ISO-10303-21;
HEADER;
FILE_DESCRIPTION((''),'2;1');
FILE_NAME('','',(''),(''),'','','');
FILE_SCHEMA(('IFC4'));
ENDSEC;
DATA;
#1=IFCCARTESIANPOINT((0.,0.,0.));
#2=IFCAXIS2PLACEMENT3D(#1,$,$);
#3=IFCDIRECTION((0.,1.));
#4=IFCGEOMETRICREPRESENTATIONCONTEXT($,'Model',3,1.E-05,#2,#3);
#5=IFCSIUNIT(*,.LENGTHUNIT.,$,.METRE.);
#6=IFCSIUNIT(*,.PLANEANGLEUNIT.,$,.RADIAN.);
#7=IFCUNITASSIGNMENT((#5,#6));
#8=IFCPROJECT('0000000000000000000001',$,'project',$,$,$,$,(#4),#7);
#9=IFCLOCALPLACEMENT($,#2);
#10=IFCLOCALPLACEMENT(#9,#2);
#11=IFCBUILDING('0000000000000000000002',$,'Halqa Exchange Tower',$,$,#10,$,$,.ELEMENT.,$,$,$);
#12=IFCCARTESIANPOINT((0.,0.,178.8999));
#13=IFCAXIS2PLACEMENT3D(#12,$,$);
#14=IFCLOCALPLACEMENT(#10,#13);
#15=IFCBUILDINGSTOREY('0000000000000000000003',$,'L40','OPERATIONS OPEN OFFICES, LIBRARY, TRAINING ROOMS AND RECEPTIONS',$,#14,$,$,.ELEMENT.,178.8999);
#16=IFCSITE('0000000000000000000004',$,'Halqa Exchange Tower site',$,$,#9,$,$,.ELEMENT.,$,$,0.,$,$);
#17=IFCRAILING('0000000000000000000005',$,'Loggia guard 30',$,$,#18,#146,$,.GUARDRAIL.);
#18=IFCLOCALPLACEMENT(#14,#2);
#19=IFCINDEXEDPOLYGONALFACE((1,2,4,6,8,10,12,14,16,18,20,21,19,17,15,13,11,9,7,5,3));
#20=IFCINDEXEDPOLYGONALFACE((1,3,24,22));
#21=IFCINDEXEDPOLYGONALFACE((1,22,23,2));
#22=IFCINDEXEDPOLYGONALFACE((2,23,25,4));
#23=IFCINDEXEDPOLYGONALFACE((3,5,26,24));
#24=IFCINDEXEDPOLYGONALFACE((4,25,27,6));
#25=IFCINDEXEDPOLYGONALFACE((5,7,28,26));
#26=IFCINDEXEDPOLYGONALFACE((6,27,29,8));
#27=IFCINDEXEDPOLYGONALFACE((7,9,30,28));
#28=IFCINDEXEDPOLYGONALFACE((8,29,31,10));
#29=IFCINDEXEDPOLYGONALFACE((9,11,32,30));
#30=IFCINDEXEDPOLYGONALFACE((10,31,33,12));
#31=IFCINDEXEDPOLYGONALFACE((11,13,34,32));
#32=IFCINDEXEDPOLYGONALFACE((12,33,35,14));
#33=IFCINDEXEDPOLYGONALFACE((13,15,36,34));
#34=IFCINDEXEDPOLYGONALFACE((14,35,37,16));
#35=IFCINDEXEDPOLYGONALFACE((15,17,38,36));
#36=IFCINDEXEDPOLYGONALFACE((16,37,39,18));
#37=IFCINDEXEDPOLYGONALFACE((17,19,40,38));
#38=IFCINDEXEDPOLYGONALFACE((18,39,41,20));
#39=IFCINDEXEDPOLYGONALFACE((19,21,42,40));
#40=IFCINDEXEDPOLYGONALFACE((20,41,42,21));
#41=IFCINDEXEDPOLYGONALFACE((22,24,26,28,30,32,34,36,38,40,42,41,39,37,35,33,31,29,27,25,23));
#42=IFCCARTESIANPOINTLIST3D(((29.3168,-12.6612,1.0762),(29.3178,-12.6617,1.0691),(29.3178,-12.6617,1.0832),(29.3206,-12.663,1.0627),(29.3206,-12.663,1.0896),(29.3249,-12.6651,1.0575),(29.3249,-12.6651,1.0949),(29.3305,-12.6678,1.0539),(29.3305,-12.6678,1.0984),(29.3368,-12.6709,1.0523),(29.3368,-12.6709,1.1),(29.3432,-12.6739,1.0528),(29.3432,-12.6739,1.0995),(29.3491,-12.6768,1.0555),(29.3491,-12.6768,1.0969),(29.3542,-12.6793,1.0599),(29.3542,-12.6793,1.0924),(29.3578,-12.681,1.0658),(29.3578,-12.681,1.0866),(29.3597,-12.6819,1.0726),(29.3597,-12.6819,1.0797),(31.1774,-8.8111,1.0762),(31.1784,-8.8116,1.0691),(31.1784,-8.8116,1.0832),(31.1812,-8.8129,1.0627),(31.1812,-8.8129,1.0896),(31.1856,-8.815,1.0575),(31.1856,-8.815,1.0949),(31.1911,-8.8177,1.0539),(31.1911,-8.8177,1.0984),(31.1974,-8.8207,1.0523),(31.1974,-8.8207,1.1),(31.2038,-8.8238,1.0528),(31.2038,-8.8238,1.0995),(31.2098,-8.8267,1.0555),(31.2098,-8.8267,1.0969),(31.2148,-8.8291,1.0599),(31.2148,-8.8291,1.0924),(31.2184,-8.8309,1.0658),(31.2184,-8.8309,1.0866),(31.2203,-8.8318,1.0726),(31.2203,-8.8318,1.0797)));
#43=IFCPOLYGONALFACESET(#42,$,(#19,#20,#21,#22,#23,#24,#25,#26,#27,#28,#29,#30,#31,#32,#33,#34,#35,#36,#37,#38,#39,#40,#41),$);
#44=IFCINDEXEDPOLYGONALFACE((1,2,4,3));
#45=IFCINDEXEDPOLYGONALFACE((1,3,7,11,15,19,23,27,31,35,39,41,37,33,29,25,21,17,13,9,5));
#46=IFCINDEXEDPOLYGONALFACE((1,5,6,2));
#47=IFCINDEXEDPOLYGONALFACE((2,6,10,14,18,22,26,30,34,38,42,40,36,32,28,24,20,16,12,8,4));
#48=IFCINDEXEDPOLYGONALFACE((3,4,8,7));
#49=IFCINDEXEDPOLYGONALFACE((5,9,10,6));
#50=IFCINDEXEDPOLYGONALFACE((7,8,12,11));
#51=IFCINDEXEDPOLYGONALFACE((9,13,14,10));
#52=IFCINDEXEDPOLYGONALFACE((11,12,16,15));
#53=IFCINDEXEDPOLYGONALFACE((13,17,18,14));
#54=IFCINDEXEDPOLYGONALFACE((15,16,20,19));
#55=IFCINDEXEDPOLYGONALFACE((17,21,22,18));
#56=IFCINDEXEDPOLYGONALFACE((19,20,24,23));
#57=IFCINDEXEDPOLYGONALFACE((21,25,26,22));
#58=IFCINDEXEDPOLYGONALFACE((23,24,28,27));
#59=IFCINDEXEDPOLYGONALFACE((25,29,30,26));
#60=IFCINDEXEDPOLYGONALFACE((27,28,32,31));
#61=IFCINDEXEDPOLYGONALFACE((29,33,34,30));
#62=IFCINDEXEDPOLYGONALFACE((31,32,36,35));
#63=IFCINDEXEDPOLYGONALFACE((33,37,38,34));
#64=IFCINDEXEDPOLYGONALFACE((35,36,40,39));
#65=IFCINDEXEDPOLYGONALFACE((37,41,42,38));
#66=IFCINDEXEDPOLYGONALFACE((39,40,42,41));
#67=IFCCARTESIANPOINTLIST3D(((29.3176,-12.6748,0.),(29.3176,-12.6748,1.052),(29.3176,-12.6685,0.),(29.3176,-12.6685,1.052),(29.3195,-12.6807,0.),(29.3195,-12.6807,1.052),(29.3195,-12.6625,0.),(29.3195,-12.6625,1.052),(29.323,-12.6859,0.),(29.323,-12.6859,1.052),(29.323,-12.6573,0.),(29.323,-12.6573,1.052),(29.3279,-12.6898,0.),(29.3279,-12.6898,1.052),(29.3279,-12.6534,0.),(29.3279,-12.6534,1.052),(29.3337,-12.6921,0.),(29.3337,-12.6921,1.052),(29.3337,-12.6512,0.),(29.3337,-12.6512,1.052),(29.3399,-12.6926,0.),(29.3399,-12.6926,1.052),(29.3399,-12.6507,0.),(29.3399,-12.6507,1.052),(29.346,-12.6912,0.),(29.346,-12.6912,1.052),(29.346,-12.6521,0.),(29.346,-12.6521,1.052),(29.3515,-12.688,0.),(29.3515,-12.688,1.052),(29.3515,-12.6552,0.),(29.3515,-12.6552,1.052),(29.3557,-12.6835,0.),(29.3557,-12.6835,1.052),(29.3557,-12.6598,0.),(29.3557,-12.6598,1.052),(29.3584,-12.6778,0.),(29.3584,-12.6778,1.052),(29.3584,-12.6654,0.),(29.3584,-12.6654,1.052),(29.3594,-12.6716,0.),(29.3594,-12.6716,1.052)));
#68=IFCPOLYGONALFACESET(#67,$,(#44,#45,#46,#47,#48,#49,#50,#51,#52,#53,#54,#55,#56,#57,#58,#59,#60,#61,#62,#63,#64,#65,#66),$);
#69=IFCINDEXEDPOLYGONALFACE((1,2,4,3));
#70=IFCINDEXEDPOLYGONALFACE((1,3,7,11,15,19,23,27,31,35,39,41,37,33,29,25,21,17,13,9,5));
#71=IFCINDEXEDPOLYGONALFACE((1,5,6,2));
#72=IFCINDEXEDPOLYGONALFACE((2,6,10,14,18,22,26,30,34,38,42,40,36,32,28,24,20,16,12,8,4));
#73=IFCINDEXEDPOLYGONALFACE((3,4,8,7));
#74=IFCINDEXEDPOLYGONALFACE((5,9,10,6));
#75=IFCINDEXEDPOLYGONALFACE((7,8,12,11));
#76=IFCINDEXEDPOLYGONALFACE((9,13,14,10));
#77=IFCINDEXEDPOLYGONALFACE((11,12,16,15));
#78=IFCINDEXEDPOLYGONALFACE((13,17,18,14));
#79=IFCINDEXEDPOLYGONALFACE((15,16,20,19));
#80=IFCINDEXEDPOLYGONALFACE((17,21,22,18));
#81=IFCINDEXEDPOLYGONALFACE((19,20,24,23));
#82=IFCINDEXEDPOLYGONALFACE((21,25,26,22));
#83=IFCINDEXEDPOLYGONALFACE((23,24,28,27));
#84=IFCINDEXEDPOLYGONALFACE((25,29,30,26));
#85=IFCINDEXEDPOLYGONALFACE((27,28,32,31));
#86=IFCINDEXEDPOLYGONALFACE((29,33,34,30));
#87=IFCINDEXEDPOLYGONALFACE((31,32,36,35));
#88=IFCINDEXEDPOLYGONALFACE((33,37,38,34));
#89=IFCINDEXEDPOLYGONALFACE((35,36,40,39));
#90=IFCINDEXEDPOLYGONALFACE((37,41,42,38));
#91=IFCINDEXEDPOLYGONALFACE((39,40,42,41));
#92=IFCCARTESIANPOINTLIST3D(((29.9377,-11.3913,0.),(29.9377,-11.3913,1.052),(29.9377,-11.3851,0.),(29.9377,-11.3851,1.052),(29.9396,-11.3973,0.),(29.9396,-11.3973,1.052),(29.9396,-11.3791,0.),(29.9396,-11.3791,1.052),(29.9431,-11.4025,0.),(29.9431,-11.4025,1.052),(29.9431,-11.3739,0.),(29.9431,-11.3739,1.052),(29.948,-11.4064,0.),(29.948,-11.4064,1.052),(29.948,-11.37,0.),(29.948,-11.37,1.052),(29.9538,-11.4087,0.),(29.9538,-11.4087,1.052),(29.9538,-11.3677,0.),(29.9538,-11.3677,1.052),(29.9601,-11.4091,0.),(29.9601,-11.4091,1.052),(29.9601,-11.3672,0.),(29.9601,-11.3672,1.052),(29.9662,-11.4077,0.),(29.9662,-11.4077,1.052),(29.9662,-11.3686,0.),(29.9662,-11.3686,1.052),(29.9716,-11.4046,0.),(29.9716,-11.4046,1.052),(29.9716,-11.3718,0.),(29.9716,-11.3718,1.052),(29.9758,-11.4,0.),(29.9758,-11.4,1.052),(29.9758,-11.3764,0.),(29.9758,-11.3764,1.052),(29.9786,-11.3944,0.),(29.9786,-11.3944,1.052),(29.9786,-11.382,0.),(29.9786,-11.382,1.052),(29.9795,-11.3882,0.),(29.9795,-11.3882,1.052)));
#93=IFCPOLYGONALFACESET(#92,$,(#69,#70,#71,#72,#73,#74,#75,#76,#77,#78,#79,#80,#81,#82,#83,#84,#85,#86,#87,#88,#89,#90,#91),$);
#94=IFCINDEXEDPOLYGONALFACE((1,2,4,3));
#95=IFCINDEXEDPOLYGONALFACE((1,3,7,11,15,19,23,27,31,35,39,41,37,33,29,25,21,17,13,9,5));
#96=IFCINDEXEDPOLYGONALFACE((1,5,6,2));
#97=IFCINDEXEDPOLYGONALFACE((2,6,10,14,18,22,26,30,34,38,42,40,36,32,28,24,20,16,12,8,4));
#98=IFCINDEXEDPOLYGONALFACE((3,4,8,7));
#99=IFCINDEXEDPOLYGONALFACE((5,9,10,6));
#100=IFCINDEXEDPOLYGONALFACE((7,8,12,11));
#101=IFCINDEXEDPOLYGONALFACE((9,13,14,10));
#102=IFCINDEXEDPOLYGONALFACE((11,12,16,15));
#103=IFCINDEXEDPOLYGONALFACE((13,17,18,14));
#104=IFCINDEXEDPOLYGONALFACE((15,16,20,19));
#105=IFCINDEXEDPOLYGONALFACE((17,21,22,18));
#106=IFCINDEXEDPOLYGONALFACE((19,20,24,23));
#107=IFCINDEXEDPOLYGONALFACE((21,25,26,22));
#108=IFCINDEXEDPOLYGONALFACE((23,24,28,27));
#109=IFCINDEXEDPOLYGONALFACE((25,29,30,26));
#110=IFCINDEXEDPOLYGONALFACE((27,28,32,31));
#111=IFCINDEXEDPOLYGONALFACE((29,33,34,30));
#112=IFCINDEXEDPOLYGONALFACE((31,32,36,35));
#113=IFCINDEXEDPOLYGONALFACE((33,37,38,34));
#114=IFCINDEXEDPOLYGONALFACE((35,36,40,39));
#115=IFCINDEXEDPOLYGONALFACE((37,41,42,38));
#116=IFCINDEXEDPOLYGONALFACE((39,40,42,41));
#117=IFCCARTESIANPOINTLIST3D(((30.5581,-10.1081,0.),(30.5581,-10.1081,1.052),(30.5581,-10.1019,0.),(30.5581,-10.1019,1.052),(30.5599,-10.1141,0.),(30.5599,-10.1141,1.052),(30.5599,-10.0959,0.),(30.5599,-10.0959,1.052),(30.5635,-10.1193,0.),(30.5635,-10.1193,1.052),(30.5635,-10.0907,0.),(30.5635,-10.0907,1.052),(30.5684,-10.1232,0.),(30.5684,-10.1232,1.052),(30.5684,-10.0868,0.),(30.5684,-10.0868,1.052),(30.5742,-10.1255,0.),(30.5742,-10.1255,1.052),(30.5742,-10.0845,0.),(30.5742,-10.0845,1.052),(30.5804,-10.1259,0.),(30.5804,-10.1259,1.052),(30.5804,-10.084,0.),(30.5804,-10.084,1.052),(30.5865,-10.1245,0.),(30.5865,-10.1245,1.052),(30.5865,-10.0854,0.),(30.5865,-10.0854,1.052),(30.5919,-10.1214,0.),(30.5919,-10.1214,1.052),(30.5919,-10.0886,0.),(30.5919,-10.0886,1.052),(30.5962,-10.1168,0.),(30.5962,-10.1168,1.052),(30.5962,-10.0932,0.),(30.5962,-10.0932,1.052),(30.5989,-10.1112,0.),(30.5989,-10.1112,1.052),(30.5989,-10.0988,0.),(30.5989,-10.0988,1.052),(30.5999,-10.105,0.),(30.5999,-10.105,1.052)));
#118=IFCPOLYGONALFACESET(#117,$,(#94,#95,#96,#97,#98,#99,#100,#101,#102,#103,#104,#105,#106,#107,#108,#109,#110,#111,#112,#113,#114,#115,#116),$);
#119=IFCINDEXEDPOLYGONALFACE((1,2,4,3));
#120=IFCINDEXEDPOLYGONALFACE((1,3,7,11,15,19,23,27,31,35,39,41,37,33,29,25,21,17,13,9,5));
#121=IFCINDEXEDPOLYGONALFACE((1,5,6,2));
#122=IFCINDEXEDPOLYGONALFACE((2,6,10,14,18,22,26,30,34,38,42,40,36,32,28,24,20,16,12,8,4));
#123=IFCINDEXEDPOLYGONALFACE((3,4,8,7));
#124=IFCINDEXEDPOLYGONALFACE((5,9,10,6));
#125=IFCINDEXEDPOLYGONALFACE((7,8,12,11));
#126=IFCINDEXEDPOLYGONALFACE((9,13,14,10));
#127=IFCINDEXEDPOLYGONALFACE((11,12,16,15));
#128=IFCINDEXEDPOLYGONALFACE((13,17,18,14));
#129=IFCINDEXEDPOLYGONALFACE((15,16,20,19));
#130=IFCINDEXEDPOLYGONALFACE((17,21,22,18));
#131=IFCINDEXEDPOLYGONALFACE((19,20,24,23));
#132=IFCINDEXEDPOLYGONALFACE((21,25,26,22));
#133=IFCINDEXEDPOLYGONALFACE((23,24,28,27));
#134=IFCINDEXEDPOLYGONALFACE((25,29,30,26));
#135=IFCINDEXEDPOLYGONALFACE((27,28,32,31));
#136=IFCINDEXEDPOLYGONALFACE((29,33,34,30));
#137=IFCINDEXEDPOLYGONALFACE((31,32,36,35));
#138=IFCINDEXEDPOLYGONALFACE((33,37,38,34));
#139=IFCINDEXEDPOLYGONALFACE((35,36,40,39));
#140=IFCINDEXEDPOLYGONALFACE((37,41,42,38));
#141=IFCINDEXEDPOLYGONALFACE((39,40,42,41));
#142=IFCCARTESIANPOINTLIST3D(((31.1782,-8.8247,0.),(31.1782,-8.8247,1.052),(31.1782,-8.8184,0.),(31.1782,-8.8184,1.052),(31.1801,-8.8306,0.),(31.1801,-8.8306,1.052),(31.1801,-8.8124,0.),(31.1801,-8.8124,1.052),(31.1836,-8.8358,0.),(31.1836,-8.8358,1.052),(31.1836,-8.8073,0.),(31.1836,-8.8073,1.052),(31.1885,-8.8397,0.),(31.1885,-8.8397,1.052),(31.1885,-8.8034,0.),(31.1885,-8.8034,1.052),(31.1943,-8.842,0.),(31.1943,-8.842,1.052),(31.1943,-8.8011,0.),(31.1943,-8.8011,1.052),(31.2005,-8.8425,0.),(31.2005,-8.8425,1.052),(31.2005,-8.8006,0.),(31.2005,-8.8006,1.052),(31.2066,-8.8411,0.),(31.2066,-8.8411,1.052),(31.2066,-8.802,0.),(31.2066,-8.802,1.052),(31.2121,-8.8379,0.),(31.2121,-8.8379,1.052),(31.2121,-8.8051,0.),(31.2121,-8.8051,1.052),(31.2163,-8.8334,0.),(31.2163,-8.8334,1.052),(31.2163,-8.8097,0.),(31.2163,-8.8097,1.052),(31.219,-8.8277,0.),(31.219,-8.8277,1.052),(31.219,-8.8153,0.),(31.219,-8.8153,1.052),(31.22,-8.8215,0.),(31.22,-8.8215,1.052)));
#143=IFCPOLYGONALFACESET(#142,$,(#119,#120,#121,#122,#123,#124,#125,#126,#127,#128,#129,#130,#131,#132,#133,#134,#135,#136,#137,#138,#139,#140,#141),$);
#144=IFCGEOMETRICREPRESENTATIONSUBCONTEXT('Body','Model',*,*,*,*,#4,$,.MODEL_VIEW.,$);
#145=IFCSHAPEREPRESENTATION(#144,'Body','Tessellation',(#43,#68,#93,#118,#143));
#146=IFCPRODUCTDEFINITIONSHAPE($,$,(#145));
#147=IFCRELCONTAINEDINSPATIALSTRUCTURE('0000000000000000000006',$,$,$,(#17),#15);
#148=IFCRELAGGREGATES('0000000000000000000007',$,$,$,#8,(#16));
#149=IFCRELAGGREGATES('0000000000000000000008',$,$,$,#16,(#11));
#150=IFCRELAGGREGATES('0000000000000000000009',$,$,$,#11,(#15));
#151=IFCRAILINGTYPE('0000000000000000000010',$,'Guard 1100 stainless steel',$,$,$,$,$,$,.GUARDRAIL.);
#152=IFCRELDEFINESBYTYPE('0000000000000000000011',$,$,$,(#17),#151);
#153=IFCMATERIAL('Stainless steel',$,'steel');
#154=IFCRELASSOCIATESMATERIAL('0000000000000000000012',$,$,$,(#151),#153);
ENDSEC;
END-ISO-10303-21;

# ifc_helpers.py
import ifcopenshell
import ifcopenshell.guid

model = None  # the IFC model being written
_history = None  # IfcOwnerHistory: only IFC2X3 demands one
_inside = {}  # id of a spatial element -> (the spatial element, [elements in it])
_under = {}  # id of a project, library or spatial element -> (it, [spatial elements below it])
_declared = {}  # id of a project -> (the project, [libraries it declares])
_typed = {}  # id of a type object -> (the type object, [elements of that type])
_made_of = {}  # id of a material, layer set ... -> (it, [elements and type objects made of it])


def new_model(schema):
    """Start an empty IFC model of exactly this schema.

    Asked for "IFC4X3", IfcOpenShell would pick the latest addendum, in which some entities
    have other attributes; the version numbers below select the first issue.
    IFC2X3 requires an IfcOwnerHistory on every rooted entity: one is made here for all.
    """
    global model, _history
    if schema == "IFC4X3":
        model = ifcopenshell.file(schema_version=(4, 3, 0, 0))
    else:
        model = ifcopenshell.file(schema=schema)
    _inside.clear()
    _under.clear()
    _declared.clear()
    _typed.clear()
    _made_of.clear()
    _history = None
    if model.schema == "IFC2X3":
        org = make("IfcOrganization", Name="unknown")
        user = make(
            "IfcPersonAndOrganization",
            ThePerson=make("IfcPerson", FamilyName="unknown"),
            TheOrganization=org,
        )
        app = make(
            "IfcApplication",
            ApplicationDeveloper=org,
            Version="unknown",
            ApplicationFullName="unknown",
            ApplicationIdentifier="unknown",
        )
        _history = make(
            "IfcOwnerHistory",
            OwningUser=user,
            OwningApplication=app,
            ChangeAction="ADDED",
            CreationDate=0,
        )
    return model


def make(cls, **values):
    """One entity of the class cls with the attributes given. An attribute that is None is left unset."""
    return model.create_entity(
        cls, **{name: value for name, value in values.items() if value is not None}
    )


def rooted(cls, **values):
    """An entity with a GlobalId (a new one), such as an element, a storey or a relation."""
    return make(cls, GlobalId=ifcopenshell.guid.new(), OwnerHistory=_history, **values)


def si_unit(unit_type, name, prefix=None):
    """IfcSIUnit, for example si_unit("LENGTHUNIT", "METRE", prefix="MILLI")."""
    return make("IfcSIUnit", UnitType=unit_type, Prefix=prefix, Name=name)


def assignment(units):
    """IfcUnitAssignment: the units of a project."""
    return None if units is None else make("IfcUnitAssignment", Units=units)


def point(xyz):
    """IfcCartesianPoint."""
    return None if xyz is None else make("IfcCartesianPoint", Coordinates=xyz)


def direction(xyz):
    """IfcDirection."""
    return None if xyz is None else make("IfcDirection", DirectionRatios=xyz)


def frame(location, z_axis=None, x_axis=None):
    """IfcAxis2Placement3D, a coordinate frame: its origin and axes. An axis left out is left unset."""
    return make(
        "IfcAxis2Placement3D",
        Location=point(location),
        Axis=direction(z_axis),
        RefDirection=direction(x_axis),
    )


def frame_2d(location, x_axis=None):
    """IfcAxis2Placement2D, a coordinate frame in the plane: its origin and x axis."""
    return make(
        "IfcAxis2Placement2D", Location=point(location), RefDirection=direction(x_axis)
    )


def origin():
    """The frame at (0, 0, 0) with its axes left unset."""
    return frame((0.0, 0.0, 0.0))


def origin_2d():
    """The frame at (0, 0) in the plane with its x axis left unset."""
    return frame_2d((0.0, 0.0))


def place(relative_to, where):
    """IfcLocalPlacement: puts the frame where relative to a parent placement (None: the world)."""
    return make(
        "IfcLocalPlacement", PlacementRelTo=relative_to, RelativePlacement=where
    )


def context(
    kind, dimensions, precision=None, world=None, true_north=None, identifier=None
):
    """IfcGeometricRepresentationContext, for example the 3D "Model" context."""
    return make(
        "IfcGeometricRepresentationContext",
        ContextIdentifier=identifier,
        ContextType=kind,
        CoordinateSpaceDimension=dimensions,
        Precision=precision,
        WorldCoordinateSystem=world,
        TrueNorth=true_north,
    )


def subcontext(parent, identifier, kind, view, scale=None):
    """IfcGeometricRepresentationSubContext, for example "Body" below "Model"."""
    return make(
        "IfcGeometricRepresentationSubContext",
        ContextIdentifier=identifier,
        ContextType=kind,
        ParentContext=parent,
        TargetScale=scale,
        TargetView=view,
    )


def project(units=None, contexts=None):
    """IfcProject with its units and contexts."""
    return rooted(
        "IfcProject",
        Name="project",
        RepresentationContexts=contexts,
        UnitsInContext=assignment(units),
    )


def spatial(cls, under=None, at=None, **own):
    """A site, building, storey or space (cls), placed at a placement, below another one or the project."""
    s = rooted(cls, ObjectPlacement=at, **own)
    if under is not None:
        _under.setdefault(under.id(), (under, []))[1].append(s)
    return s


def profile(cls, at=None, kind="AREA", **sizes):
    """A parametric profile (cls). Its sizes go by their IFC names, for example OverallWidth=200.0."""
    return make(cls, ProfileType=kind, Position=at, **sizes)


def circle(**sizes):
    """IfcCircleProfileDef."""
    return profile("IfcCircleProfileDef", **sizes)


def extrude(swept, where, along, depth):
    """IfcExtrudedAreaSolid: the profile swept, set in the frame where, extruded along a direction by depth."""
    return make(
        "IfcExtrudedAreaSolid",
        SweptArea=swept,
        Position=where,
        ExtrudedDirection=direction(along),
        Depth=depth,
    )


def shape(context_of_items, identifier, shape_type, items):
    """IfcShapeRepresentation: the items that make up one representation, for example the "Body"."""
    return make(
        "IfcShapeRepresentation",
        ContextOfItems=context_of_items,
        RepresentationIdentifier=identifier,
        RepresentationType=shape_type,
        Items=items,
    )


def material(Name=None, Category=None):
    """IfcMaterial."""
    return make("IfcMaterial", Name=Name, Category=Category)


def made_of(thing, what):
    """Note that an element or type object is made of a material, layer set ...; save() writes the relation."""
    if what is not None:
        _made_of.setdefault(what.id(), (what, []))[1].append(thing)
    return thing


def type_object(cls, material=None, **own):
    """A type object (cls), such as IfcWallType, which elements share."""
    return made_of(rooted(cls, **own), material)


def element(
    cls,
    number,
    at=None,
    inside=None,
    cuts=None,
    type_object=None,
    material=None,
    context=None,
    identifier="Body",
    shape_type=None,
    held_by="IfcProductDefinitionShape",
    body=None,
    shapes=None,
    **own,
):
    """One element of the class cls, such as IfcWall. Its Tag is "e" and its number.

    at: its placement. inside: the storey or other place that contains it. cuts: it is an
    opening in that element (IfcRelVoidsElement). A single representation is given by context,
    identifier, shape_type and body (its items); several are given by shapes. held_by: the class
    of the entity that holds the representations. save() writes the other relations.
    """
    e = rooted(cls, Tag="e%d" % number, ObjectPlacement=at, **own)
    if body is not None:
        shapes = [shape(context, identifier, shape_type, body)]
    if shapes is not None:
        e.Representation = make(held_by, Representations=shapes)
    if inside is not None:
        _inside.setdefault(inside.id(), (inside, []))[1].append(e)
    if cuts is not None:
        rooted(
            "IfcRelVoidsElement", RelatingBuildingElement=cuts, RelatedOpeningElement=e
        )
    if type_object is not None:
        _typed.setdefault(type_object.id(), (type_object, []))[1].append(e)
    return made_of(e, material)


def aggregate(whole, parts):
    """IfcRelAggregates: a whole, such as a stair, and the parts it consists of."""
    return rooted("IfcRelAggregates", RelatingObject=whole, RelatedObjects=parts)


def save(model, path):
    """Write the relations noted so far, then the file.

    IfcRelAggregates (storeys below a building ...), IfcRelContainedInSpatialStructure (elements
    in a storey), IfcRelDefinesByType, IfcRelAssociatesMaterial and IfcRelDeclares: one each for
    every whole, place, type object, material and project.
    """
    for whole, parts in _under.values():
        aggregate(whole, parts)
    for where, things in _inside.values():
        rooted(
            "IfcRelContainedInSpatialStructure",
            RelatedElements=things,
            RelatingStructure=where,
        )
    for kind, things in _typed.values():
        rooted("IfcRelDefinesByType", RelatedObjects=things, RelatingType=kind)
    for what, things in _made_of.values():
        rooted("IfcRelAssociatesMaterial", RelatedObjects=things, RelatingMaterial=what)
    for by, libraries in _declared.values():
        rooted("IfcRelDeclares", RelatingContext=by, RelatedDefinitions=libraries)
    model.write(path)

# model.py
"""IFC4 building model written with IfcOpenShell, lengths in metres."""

from ifc_helpers import new_model, si_unit, direction, frame, origin, origin_2d, place, context, subcontext, project, spatial, circle, extrude, material, type_object, element, save


model = new_model("IFC4")

# Units and contexts
model_context = context("Model", 3, precision=1e-05, world=origin(), true_north=direction((0.0, 1.0)))
body_context = subcontext(model_context, "Body", "Model", "MODEL_VIEW")
ifc_project = project(units=[si_unit("LENGTHUNIT", "METRE"), si_unit("PLANEANGLEUNIT", "RADIAN")], contexts=[model_context])

# Site, building, storey
site_placement = place(None, origin())
site = spatial("IfcSite", under=ifc_project, at=site_placement, Name="Halqa Exchange Tower site", CompositionType="ELEMENT", RefElevation=0.0)
building_placement = place(site_placement, origin())
building = spatial("IfcBuilding", under=site, at=building_placement, Name="Halqa Exchange Tower", CompositionType="ELEMENT")
storey_placement = place(building_placement, frame((0.0, 0.0, 178.8999)))
storey = spatial("IfcBuildingStorey", under=building, at=storey_placement, Name="L40", Description="OPERATIONS OPEN OFFICES, LIBRARY, TRAINING ROOMS AND RECEPTIONS", CompositionType="ELEMENT", Elevation=178.8999)

# Railing
ifc_material_1 = material(Name="Stainless steel", Category="steel")
railing_type = type_object("IfcRailingType", Name="Guard 1100 stainless steel", PredefinedType="GUARDRAIL", material=ifc_material_1)
railing_1_placement = place(storey_placement, frame((29.3384, -12.6716, 0.0)))
element("IfcRailing", 1, at=railing_1_placement, inside=storey, type_object=railing_type, Name="Loggia guard 30", PredefinedType="GUARDRAIL", context=body_context, shape_type="SweptSolid", body=[
    extrude(circle(Radius=0.0239, at=origin_2d()), frame((0.0, 0.0, 1.0762), z_axis=(0.435115, 0.900375, 0.0), x_axis=(-0.900375, 0.435115, 0.0)), (0.0, 0.0, 1.0), 4.2761),
    extrude(circle(Radius=0.021, at=origin_2d()), origin(), (0.0, 0.0, 1.0), 1.052),
    extrude(circle(Radius=0.021, at=origin_2d()), frame((0.6201, 1.2834, 0.0)), (0.0, 0.0, 1.0), 1.052),
    extrude(circle(Radius=0.021, at=origin_2d()), frame((1.2405, 2.5667, 0.0)), (0.0, 0.0, 1.0), 1.052),
    extrude(circle(Radius=0.021, at=origin_2d()), frame((1.8606, 3.8501, 0.0)), (0.0, 0.0, 1.0), 1.052),
])

save(model, "model.ifc")
